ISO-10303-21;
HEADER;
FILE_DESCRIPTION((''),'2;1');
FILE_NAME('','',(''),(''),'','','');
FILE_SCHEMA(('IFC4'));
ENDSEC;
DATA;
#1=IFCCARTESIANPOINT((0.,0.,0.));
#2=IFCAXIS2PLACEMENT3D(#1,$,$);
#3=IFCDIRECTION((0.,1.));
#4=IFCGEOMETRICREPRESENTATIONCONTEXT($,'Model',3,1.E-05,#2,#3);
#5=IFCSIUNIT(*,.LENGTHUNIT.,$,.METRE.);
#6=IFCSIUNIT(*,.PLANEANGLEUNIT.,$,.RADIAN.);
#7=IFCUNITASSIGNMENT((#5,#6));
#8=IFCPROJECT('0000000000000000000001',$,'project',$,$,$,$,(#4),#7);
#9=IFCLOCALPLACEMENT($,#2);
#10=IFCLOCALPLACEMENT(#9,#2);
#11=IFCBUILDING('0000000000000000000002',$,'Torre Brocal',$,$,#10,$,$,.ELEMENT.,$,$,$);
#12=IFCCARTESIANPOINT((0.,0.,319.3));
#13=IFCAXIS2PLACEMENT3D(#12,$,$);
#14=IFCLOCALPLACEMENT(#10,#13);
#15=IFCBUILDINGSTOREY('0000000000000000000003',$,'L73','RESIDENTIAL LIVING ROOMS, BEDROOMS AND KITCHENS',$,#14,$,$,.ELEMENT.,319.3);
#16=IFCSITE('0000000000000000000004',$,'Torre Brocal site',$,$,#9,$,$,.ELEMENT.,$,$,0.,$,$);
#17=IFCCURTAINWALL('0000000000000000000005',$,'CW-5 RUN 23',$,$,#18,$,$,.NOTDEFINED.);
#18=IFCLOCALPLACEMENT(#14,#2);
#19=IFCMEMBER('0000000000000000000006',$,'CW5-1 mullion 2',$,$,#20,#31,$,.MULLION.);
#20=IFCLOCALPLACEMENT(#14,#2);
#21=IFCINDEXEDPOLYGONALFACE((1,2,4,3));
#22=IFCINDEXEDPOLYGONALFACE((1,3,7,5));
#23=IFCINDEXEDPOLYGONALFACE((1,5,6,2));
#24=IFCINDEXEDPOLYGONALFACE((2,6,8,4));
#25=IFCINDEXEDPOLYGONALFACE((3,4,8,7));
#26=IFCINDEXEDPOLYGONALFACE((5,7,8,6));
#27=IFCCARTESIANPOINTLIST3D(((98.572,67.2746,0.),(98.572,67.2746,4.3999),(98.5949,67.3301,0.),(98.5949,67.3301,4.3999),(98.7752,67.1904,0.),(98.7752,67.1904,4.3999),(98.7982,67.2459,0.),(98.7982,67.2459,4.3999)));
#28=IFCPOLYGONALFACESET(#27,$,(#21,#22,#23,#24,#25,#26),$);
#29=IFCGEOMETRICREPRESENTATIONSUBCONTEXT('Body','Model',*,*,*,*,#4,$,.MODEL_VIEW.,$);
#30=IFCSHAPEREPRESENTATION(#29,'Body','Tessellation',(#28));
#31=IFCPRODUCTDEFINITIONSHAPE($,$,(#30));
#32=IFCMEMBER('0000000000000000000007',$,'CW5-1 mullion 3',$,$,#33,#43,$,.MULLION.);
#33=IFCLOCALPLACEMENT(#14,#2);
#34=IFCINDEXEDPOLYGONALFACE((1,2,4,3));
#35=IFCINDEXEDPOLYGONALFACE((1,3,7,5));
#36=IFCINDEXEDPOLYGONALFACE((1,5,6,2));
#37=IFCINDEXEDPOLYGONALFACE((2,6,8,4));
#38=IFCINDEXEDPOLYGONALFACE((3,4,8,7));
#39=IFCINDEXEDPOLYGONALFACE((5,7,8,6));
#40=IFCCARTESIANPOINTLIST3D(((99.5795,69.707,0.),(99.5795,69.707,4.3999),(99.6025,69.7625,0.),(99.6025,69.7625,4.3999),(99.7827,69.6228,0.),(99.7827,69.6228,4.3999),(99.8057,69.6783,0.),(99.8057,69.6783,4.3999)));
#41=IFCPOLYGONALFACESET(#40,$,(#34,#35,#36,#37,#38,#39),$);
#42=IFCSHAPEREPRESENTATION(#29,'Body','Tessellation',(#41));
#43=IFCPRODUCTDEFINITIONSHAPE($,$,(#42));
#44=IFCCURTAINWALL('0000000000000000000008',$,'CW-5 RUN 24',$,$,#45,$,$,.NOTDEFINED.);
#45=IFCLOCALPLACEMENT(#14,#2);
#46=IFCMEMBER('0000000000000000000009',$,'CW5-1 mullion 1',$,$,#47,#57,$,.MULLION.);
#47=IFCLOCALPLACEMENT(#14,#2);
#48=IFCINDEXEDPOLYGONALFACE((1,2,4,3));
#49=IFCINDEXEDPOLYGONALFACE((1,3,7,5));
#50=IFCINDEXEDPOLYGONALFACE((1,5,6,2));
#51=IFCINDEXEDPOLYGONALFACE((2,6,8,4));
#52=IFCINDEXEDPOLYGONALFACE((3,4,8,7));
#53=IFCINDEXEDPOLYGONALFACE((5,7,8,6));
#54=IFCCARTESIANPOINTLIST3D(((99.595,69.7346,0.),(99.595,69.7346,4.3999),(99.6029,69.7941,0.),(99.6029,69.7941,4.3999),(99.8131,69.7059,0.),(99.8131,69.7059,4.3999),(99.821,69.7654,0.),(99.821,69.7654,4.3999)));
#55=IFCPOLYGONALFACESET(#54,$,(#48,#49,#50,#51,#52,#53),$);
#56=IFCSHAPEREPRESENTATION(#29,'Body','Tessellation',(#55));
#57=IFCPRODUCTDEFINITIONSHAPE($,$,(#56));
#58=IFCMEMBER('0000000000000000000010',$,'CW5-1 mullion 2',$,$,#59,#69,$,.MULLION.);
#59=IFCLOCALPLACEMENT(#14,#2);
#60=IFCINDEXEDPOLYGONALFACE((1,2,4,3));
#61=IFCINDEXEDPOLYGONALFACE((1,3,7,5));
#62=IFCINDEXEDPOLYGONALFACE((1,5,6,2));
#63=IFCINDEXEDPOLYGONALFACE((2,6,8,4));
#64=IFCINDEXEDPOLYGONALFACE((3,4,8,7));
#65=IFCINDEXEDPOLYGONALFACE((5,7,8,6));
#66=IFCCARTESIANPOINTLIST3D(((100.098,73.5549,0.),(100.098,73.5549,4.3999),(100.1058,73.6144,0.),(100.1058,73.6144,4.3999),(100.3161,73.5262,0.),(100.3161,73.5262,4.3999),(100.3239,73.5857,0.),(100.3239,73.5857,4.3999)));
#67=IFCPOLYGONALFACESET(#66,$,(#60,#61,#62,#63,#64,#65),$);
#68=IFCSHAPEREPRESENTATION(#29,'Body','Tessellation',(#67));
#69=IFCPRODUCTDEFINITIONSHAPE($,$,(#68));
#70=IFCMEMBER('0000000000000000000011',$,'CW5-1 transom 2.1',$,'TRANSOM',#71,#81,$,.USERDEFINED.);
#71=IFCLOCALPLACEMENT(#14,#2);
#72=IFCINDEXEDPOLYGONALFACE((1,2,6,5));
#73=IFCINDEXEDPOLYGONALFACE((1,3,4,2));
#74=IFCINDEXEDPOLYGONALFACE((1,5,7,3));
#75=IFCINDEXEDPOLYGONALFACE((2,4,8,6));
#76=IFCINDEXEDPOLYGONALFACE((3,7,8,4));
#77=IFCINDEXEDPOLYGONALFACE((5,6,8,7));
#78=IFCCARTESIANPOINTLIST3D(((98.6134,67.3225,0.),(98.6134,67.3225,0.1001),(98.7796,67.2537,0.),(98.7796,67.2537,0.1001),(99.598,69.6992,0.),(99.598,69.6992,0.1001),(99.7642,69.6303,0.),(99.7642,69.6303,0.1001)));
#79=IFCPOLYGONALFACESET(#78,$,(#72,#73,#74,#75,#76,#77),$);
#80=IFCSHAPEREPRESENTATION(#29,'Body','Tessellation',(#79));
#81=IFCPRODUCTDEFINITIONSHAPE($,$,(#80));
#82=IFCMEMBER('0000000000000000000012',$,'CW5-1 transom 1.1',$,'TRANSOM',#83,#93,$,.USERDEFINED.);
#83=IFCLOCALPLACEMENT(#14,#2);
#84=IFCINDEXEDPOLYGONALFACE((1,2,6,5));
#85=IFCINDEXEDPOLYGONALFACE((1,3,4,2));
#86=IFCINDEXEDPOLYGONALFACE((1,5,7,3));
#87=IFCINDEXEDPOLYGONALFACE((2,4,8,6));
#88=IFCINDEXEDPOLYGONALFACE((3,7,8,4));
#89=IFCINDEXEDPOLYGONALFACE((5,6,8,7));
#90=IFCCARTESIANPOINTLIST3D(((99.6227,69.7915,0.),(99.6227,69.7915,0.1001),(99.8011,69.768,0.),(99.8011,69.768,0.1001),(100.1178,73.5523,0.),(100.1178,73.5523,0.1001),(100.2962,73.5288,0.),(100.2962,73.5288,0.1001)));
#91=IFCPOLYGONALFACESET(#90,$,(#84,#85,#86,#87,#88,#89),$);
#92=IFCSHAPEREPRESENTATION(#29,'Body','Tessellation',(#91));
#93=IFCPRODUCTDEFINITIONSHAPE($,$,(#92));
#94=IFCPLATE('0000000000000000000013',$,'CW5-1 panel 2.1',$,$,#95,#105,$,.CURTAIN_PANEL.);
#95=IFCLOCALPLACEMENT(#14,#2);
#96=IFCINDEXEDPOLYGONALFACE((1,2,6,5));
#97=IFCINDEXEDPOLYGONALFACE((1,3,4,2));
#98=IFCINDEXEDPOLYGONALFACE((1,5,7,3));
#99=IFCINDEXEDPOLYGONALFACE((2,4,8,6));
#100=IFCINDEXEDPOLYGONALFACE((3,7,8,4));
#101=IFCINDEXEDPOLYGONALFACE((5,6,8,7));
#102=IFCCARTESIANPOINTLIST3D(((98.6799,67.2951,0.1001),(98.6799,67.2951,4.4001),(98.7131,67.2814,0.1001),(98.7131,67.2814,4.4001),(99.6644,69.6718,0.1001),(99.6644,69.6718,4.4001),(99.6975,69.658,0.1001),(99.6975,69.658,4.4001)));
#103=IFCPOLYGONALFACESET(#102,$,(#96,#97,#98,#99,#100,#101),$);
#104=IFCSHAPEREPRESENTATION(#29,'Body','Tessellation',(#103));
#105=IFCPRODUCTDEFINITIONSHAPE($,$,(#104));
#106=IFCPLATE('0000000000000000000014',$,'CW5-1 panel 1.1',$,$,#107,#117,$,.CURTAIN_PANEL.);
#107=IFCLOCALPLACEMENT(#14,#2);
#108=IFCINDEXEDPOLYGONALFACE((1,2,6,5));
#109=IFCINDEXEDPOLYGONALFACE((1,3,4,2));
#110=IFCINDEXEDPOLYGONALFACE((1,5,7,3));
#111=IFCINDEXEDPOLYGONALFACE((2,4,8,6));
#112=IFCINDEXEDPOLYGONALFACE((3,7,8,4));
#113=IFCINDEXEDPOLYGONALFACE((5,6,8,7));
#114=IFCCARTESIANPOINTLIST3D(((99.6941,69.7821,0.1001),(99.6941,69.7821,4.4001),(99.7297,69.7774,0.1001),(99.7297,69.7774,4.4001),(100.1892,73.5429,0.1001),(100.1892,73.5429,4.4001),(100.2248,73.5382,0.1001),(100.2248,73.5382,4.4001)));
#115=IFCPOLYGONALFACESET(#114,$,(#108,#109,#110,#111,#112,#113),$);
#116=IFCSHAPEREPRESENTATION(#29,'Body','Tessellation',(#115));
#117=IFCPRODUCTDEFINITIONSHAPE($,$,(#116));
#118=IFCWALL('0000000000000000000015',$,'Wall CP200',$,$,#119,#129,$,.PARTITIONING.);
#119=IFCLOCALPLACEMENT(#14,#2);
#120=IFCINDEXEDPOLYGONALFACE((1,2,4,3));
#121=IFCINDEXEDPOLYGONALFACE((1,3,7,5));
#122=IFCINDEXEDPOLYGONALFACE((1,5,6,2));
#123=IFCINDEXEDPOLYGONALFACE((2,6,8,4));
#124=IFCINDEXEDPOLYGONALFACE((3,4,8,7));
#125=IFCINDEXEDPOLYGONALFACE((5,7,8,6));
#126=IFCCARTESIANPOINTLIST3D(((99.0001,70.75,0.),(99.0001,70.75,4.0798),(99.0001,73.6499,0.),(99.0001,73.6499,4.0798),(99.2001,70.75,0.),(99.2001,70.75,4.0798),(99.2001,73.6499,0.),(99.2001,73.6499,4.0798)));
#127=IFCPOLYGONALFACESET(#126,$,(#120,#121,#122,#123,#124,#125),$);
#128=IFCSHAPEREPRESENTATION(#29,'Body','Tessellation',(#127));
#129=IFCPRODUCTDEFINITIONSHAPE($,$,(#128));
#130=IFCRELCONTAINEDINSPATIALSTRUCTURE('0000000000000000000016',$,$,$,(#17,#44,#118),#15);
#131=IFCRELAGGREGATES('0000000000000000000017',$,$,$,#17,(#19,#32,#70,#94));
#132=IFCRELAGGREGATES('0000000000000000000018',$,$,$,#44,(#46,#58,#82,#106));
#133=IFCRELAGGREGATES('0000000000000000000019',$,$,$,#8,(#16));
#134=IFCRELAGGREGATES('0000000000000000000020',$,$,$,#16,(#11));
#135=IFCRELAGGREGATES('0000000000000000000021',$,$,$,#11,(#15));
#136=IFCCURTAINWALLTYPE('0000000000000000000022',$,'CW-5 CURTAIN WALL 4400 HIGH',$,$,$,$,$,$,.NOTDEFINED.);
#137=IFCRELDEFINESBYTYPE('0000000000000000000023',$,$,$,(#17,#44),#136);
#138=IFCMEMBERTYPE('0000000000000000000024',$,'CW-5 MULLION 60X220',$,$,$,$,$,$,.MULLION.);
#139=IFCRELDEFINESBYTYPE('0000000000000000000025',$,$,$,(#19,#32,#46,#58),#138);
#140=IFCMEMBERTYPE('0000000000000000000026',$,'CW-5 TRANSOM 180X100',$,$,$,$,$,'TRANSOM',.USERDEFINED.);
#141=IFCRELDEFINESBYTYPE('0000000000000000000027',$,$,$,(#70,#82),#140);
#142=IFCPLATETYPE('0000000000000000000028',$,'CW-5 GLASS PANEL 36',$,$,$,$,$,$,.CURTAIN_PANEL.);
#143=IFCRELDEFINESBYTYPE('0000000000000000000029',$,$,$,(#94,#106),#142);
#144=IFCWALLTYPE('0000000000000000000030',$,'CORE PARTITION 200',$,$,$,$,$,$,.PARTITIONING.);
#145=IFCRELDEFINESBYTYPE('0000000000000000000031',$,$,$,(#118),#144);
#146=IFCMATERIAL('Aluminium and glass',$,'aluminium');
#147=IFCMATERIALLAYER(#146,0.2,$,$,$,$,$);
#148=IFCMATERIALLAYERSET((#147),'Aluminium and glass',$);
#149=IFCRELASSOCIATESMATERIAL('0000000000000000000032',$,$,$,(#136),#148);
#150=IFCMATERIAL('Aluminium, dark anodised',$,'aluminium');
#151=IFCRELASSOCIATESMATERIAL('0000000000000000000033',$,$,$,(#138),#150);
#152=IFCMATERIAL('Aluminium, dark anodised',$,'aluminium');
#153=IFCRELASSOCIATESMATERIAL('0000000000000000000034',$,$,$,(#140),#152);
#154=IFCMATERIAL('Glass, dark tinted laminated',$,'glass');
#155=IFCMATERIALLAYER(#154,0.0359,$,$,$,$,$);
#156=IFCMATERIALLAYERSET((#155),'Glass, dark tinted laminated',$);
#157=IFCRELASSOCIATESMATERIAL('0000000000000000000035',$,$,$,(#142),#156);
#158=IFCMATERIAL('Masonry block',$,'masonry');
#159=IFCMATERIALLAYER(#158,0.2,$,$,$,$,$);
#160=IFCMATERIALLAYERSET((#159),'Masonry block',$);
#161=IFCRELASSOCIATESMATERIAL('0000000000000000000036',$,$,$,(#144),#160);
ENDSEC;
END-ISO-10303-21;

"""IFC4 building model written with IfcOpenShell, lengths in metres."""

from ifc_helpers import new_model, si_unit, direction, frame, frame_2d, origin, origin_2d, place, context, subcontext, project, spatial, rectangle, extrude, material, layer, layer_set, material_profile, profile_set, type_object, element, aggregate, save


model = new_model("IFC4")

# Units and contexts
model_context = context("Model", 3, precision=1e-05, world=origin(), true_north=direction((0.0, 1.0)))
body_context = subcontext(model_context, "Body", "Model", "MODEL_VIEW")
ifc_project = project(units=[si_unit("LENGTHUNIT", "METRE"), si_unit("PLANEANGLEUNIT", "RADIAN")], contexts=[model_context])

# Site, building, storey
site_placement = place(None, origin())
site = spatial("IfcSite", under=ifc_project, at=site_placement, Name="Torre Brocal site", CompositionType="ELEMENT", RefElevation=0.0)
building_placement = place(site_placement, origin())
building = spatial("IfcBuilding", under=site, at=building_placement, Name="Torre Brocal", CompositionType="ELEMENT")
storey_placement = place(building_placement, frame((0.0, 0.0, 319.3)))
storey = spatial("IfcBuildingStorey", under=building, at=storey_placement, Name="L73", Description="RESIDENTIAL LIVING ROOMS, BEDROOMS AND KITCHENS", CompositionType="ELEMENT", Elevation=319.3)

# Curtain walls, members
ifc_material_1 = material(Name="Aluminium and glass", Category="aluminium")
ifc_layer_1 = layer(ifc_material_1, 0.2)
ifc_layer_set_1 = layer_set([ifc_layer_1], Name="Aluminium and glass")
curtain_wall_type = type_object("IfcCurtainWallType", Name="CW-5 CURTAIN WALL 4400 HIGH", PredefinedType="NOTDEFINED", material=ifc_layer_set_1)
curtain_wall_1_placement = place(storey_placement, origin())
curtain_wall_1 = element("IfcCurtainWall", 1, at=curtain_wall_1_placement, inside=storey, type_object=curtain_wall_type, Name="CW-5 RUN 23", PredefinedType="NOTDEFINED")
ifc_material_2 = material(Name="Aluminium, dark anodised", Category="aluminium")
ifc_material_profile_1 = material_profile(ifc_material_2, rectangle(XDim=0.22, YDim=0.0601, at=origin_2d()), Name="CW-5 MULLION 60X220")
ifc_profile_set_1 = profile_set([ifc_material_profile_1], Name="Aluminium, dark anodised")
member_type_1 = type_object("IfcMemberType", Name="CW-5 MULLION 60X220", PredefinedType="MULLION", material=ifc_profile_set_1)
member_1_placement = place(storey_placement, frame((98.6851, 67.2603, 0.0), z_axis=(0.0, 0.0, 1.0), x_axis=(-0.92388, 0.382683, 0.0)))
member_1 = element("IfcMember", 2, at=member_1_placement, type_object=member_type_1, Name="CW5-1 mullion 2", PredefinedType="MULLION", context=body_context, shape_type="SweptSolid", body=[
    extrude(rectangle(XDim=0.22, YDim=0.0601, at=origin_2d()), origin(), (0.0, 0.0, 1.0), 4.3999),
])
member_2_placement = place(storey_placement, frame((99.6926, 69.6926, 0.0), z_axis=(0.0, 0.0, 1.0), x_axis=(-0.92388, 0.382683, 0.0)))
member_2 = element("IfcMember", 3, at=member_2_placement, type_object=member_type_1, Name="CW5-1 mullion 3", PredefinedType="MULLION", context=body_context, shape_type="SweptSolid", body=[
    extrude(rectangle(XDim=0.22, YDim=0.0601, at=origin_2d()), origin(), (0.0, 0.0, 1.0), 4.3999),
])
curtain_wall_2_placement = place(storey_placement, origin())
curtain_wall_2 = element("IfcCurtainWall", 4, at=curtain_wall_2_placement, inside=storey, type_object=curtain_wall_type, Name="CW-5 RUN 24", PredefinedType="NOTDEFINED")
member_3_placement = place(storey_placement, frame((99.708, 69.75, 0.0), z_axis=(0.0, 0.0, 1.0), x_axis=(-0.991445, 0.130526, 0.0)))
member_3 = element("IfcMember", 5, at=member_3_placement, type_object=member_type_1, Name="CW5-1 mullion 1", PredefinedType="MULLION", context=body_context, shape_type="SweptSolid", body=[
    extrude(rectangle(XDim=0.22, YDim=0.0601, at=origin_2d()), origin(), (0.0, 0.0, 1.0), 4.3999),
])
member_4_placement = place(storey_placement, frame((100.2109, 73.5703, 0.0), z_axis=(0.0, 0.0, 1.0), x_axis=(-0.991445, 0.130526, 0.0)))
member_4 = element("IfcMember", 6, at=member_4_placement, type_object=member_type_1, Name="CW5-1 mullion 2", PredefinedType="MULLION", context=body_context, shape_type="SweptSolid", body=[
    extrude(rectangle(XDim=0.22, YDim=0.0601, at=origin_2d()), origin(), (0.0, 0.0, 1.0), 4.3999),
])

# Members
ifc_material_3 = material(Name="Aluminium, dark anodised", Category="aluminium")
ifc_material_profile_2 = material_profile(ifc_material_3, rectangle(XDim=0.1799, YDim=0.1001, at=origin_2d()), Name="CW-5 TRANSOM 180X100")
ifc_profile_set_2 = profile_set([ifc_material_profile_2], Name="Aluminium, dark anodised")
member_type_2 = type_object("IfcMemberType", Name="CW-5 TRANSOM 180X100", ElementType="TRANSOM", PredefinedType="USERDEFINED", material=ifc_profile_set_2)
member_5_placement = place(storey_placement, frame((98.6965, 67.2881, 0.05), z_axis=(0.382735, 0.923858, 0.0), x_axis=(-0.923858, 0.382735, 0.0)))
member_5 = element("IfcMember", 7, at=member_5_placement, type_object=member_type_2, Name="CW5-1 transom 2.1", ObjectType="TRANSOM", PredefinedType="USERDEFINED", context=body_context, shape_type="SweptSolid", body=[
    extrude(rectangle(XDim=0.1799, YDim=0.1001, at=origin_2d()), origin(), (0.0, 0.0, 1.0), 2.5725),
])
member_6_placement = place(storey_placement, frame((99.7119, 69.7798, 0.05), z_axis=(0.130528, 0.991445, 0.0), x_axis=(-0.991445, 0.130528, 0.0)))
member_6 = element("IfcMember", 8, at=member_6_placement, type_object=member_type_2, Name="CW5-1 transom 1.1", ObjectType="TRANSOM", PredefinedType="USERDEFINED", context=body_context, shape_type="SweptSolid", body=[
    extrude(rectangle(XDim=0.1799, YDim=0.1001, at=origin_2d()), origin(), (0.0, 0.0, 1.0), 3.7932),
])

# Plates
ifc_material_4 = material(Name="Glass, dark tinted laminated", Category="glass")
ifc_layer_2 = layer(ifc_material_4, 0.0359)
ifc_layer_set_2 = layer_set([ifc_layer_2], Name="Glass, dark tinted laminated")
plate_type = type_object("IfcPlateType", Name="CW-5 GLASS PANEL 36", PredefinedType="CURTAIN_PANEL", material=ifc_layer_set_2)
plate_1_placement = place(storey_placement, frame((99.1887, 68.4766, 0.1001), z_axis=(0.0, 0.0, 1.0), x_axis=(0.382683, 0.92388, 0.0)))
plate_1 = element("IfcPlate", 9, at=plate_1_placement, type_object=plate_type, Name="CW5-1 panel 2.1", PredefinedType="CURTAIN_PANEL", context=body_context, shape_type="SweptSolid", body=[
    extrude(rectangle(XDim=2.5725, YDim=0.0359, at=origin_2d()), origin(), (0.0, 0.0, 1.0), 4.3),
])
aggregate(curtain_wall_1, [member_1, member_2, member_5, plate_1])
plate_2_placement = place(storey_placement, frame((99.9595, 71.6602, 0.1001), z_axis=(0.0, 0.0, 1.0), x_axis=(0.130526, 0.991445, 0.0)))
plate_2 = element("IfcPlate", 10, at=plate_2_placement, type_object=plate_type, Name="CW5-1 panel 1.1", PredefinedType="CURTAIN_PANEL", context=body_context, shape_type="SweptSolid", body=[
    extrude(rectangle(XDim=3.7932, YDim=0.0359, at=origin_2d()), origin(), (0.0, 0.0, 1.0), 4.3),
])
aggregate(curtain_wall_2, [member_3, member_4, member_6, plate_2])

# Wall
ifc_material_5 = material(Name="Masonry block", Category="masonry")
ifc_layer_3 = layer(ifc_material_5, 0.2)
ifc_layer_set_3 = layer_set([ifc_layer_3], Name="Masonry block")
wall_type_1 = type_object("IfcWallType", Name="CORE PARTITION 200", PredefinedType="PARTITIONING", material=ifc_layer_set_3)
wall_1_placement = place(storey_placement, frame((99.1001, 70.75, 0.0), z_axis=(0.0, 0.0, 1.0), x_axis=(0.0, 1.0, 0.0)))
element("IfcWall", 11, at=wall_1_placement, inside=storey, type_object=wall_type_1, Name="Wall CP200", PredefinedType="PARTITIONING", context=body_context, shape_type="SweptSolid", body=[
    extrude(rectangle(XDim=2.8999, YDim=0.2, at=frame_2d((1.45, 0.0))), origin(), (0.0, 0.0, 1.0), 4.0798),
])

save(model, "model.ifc")
